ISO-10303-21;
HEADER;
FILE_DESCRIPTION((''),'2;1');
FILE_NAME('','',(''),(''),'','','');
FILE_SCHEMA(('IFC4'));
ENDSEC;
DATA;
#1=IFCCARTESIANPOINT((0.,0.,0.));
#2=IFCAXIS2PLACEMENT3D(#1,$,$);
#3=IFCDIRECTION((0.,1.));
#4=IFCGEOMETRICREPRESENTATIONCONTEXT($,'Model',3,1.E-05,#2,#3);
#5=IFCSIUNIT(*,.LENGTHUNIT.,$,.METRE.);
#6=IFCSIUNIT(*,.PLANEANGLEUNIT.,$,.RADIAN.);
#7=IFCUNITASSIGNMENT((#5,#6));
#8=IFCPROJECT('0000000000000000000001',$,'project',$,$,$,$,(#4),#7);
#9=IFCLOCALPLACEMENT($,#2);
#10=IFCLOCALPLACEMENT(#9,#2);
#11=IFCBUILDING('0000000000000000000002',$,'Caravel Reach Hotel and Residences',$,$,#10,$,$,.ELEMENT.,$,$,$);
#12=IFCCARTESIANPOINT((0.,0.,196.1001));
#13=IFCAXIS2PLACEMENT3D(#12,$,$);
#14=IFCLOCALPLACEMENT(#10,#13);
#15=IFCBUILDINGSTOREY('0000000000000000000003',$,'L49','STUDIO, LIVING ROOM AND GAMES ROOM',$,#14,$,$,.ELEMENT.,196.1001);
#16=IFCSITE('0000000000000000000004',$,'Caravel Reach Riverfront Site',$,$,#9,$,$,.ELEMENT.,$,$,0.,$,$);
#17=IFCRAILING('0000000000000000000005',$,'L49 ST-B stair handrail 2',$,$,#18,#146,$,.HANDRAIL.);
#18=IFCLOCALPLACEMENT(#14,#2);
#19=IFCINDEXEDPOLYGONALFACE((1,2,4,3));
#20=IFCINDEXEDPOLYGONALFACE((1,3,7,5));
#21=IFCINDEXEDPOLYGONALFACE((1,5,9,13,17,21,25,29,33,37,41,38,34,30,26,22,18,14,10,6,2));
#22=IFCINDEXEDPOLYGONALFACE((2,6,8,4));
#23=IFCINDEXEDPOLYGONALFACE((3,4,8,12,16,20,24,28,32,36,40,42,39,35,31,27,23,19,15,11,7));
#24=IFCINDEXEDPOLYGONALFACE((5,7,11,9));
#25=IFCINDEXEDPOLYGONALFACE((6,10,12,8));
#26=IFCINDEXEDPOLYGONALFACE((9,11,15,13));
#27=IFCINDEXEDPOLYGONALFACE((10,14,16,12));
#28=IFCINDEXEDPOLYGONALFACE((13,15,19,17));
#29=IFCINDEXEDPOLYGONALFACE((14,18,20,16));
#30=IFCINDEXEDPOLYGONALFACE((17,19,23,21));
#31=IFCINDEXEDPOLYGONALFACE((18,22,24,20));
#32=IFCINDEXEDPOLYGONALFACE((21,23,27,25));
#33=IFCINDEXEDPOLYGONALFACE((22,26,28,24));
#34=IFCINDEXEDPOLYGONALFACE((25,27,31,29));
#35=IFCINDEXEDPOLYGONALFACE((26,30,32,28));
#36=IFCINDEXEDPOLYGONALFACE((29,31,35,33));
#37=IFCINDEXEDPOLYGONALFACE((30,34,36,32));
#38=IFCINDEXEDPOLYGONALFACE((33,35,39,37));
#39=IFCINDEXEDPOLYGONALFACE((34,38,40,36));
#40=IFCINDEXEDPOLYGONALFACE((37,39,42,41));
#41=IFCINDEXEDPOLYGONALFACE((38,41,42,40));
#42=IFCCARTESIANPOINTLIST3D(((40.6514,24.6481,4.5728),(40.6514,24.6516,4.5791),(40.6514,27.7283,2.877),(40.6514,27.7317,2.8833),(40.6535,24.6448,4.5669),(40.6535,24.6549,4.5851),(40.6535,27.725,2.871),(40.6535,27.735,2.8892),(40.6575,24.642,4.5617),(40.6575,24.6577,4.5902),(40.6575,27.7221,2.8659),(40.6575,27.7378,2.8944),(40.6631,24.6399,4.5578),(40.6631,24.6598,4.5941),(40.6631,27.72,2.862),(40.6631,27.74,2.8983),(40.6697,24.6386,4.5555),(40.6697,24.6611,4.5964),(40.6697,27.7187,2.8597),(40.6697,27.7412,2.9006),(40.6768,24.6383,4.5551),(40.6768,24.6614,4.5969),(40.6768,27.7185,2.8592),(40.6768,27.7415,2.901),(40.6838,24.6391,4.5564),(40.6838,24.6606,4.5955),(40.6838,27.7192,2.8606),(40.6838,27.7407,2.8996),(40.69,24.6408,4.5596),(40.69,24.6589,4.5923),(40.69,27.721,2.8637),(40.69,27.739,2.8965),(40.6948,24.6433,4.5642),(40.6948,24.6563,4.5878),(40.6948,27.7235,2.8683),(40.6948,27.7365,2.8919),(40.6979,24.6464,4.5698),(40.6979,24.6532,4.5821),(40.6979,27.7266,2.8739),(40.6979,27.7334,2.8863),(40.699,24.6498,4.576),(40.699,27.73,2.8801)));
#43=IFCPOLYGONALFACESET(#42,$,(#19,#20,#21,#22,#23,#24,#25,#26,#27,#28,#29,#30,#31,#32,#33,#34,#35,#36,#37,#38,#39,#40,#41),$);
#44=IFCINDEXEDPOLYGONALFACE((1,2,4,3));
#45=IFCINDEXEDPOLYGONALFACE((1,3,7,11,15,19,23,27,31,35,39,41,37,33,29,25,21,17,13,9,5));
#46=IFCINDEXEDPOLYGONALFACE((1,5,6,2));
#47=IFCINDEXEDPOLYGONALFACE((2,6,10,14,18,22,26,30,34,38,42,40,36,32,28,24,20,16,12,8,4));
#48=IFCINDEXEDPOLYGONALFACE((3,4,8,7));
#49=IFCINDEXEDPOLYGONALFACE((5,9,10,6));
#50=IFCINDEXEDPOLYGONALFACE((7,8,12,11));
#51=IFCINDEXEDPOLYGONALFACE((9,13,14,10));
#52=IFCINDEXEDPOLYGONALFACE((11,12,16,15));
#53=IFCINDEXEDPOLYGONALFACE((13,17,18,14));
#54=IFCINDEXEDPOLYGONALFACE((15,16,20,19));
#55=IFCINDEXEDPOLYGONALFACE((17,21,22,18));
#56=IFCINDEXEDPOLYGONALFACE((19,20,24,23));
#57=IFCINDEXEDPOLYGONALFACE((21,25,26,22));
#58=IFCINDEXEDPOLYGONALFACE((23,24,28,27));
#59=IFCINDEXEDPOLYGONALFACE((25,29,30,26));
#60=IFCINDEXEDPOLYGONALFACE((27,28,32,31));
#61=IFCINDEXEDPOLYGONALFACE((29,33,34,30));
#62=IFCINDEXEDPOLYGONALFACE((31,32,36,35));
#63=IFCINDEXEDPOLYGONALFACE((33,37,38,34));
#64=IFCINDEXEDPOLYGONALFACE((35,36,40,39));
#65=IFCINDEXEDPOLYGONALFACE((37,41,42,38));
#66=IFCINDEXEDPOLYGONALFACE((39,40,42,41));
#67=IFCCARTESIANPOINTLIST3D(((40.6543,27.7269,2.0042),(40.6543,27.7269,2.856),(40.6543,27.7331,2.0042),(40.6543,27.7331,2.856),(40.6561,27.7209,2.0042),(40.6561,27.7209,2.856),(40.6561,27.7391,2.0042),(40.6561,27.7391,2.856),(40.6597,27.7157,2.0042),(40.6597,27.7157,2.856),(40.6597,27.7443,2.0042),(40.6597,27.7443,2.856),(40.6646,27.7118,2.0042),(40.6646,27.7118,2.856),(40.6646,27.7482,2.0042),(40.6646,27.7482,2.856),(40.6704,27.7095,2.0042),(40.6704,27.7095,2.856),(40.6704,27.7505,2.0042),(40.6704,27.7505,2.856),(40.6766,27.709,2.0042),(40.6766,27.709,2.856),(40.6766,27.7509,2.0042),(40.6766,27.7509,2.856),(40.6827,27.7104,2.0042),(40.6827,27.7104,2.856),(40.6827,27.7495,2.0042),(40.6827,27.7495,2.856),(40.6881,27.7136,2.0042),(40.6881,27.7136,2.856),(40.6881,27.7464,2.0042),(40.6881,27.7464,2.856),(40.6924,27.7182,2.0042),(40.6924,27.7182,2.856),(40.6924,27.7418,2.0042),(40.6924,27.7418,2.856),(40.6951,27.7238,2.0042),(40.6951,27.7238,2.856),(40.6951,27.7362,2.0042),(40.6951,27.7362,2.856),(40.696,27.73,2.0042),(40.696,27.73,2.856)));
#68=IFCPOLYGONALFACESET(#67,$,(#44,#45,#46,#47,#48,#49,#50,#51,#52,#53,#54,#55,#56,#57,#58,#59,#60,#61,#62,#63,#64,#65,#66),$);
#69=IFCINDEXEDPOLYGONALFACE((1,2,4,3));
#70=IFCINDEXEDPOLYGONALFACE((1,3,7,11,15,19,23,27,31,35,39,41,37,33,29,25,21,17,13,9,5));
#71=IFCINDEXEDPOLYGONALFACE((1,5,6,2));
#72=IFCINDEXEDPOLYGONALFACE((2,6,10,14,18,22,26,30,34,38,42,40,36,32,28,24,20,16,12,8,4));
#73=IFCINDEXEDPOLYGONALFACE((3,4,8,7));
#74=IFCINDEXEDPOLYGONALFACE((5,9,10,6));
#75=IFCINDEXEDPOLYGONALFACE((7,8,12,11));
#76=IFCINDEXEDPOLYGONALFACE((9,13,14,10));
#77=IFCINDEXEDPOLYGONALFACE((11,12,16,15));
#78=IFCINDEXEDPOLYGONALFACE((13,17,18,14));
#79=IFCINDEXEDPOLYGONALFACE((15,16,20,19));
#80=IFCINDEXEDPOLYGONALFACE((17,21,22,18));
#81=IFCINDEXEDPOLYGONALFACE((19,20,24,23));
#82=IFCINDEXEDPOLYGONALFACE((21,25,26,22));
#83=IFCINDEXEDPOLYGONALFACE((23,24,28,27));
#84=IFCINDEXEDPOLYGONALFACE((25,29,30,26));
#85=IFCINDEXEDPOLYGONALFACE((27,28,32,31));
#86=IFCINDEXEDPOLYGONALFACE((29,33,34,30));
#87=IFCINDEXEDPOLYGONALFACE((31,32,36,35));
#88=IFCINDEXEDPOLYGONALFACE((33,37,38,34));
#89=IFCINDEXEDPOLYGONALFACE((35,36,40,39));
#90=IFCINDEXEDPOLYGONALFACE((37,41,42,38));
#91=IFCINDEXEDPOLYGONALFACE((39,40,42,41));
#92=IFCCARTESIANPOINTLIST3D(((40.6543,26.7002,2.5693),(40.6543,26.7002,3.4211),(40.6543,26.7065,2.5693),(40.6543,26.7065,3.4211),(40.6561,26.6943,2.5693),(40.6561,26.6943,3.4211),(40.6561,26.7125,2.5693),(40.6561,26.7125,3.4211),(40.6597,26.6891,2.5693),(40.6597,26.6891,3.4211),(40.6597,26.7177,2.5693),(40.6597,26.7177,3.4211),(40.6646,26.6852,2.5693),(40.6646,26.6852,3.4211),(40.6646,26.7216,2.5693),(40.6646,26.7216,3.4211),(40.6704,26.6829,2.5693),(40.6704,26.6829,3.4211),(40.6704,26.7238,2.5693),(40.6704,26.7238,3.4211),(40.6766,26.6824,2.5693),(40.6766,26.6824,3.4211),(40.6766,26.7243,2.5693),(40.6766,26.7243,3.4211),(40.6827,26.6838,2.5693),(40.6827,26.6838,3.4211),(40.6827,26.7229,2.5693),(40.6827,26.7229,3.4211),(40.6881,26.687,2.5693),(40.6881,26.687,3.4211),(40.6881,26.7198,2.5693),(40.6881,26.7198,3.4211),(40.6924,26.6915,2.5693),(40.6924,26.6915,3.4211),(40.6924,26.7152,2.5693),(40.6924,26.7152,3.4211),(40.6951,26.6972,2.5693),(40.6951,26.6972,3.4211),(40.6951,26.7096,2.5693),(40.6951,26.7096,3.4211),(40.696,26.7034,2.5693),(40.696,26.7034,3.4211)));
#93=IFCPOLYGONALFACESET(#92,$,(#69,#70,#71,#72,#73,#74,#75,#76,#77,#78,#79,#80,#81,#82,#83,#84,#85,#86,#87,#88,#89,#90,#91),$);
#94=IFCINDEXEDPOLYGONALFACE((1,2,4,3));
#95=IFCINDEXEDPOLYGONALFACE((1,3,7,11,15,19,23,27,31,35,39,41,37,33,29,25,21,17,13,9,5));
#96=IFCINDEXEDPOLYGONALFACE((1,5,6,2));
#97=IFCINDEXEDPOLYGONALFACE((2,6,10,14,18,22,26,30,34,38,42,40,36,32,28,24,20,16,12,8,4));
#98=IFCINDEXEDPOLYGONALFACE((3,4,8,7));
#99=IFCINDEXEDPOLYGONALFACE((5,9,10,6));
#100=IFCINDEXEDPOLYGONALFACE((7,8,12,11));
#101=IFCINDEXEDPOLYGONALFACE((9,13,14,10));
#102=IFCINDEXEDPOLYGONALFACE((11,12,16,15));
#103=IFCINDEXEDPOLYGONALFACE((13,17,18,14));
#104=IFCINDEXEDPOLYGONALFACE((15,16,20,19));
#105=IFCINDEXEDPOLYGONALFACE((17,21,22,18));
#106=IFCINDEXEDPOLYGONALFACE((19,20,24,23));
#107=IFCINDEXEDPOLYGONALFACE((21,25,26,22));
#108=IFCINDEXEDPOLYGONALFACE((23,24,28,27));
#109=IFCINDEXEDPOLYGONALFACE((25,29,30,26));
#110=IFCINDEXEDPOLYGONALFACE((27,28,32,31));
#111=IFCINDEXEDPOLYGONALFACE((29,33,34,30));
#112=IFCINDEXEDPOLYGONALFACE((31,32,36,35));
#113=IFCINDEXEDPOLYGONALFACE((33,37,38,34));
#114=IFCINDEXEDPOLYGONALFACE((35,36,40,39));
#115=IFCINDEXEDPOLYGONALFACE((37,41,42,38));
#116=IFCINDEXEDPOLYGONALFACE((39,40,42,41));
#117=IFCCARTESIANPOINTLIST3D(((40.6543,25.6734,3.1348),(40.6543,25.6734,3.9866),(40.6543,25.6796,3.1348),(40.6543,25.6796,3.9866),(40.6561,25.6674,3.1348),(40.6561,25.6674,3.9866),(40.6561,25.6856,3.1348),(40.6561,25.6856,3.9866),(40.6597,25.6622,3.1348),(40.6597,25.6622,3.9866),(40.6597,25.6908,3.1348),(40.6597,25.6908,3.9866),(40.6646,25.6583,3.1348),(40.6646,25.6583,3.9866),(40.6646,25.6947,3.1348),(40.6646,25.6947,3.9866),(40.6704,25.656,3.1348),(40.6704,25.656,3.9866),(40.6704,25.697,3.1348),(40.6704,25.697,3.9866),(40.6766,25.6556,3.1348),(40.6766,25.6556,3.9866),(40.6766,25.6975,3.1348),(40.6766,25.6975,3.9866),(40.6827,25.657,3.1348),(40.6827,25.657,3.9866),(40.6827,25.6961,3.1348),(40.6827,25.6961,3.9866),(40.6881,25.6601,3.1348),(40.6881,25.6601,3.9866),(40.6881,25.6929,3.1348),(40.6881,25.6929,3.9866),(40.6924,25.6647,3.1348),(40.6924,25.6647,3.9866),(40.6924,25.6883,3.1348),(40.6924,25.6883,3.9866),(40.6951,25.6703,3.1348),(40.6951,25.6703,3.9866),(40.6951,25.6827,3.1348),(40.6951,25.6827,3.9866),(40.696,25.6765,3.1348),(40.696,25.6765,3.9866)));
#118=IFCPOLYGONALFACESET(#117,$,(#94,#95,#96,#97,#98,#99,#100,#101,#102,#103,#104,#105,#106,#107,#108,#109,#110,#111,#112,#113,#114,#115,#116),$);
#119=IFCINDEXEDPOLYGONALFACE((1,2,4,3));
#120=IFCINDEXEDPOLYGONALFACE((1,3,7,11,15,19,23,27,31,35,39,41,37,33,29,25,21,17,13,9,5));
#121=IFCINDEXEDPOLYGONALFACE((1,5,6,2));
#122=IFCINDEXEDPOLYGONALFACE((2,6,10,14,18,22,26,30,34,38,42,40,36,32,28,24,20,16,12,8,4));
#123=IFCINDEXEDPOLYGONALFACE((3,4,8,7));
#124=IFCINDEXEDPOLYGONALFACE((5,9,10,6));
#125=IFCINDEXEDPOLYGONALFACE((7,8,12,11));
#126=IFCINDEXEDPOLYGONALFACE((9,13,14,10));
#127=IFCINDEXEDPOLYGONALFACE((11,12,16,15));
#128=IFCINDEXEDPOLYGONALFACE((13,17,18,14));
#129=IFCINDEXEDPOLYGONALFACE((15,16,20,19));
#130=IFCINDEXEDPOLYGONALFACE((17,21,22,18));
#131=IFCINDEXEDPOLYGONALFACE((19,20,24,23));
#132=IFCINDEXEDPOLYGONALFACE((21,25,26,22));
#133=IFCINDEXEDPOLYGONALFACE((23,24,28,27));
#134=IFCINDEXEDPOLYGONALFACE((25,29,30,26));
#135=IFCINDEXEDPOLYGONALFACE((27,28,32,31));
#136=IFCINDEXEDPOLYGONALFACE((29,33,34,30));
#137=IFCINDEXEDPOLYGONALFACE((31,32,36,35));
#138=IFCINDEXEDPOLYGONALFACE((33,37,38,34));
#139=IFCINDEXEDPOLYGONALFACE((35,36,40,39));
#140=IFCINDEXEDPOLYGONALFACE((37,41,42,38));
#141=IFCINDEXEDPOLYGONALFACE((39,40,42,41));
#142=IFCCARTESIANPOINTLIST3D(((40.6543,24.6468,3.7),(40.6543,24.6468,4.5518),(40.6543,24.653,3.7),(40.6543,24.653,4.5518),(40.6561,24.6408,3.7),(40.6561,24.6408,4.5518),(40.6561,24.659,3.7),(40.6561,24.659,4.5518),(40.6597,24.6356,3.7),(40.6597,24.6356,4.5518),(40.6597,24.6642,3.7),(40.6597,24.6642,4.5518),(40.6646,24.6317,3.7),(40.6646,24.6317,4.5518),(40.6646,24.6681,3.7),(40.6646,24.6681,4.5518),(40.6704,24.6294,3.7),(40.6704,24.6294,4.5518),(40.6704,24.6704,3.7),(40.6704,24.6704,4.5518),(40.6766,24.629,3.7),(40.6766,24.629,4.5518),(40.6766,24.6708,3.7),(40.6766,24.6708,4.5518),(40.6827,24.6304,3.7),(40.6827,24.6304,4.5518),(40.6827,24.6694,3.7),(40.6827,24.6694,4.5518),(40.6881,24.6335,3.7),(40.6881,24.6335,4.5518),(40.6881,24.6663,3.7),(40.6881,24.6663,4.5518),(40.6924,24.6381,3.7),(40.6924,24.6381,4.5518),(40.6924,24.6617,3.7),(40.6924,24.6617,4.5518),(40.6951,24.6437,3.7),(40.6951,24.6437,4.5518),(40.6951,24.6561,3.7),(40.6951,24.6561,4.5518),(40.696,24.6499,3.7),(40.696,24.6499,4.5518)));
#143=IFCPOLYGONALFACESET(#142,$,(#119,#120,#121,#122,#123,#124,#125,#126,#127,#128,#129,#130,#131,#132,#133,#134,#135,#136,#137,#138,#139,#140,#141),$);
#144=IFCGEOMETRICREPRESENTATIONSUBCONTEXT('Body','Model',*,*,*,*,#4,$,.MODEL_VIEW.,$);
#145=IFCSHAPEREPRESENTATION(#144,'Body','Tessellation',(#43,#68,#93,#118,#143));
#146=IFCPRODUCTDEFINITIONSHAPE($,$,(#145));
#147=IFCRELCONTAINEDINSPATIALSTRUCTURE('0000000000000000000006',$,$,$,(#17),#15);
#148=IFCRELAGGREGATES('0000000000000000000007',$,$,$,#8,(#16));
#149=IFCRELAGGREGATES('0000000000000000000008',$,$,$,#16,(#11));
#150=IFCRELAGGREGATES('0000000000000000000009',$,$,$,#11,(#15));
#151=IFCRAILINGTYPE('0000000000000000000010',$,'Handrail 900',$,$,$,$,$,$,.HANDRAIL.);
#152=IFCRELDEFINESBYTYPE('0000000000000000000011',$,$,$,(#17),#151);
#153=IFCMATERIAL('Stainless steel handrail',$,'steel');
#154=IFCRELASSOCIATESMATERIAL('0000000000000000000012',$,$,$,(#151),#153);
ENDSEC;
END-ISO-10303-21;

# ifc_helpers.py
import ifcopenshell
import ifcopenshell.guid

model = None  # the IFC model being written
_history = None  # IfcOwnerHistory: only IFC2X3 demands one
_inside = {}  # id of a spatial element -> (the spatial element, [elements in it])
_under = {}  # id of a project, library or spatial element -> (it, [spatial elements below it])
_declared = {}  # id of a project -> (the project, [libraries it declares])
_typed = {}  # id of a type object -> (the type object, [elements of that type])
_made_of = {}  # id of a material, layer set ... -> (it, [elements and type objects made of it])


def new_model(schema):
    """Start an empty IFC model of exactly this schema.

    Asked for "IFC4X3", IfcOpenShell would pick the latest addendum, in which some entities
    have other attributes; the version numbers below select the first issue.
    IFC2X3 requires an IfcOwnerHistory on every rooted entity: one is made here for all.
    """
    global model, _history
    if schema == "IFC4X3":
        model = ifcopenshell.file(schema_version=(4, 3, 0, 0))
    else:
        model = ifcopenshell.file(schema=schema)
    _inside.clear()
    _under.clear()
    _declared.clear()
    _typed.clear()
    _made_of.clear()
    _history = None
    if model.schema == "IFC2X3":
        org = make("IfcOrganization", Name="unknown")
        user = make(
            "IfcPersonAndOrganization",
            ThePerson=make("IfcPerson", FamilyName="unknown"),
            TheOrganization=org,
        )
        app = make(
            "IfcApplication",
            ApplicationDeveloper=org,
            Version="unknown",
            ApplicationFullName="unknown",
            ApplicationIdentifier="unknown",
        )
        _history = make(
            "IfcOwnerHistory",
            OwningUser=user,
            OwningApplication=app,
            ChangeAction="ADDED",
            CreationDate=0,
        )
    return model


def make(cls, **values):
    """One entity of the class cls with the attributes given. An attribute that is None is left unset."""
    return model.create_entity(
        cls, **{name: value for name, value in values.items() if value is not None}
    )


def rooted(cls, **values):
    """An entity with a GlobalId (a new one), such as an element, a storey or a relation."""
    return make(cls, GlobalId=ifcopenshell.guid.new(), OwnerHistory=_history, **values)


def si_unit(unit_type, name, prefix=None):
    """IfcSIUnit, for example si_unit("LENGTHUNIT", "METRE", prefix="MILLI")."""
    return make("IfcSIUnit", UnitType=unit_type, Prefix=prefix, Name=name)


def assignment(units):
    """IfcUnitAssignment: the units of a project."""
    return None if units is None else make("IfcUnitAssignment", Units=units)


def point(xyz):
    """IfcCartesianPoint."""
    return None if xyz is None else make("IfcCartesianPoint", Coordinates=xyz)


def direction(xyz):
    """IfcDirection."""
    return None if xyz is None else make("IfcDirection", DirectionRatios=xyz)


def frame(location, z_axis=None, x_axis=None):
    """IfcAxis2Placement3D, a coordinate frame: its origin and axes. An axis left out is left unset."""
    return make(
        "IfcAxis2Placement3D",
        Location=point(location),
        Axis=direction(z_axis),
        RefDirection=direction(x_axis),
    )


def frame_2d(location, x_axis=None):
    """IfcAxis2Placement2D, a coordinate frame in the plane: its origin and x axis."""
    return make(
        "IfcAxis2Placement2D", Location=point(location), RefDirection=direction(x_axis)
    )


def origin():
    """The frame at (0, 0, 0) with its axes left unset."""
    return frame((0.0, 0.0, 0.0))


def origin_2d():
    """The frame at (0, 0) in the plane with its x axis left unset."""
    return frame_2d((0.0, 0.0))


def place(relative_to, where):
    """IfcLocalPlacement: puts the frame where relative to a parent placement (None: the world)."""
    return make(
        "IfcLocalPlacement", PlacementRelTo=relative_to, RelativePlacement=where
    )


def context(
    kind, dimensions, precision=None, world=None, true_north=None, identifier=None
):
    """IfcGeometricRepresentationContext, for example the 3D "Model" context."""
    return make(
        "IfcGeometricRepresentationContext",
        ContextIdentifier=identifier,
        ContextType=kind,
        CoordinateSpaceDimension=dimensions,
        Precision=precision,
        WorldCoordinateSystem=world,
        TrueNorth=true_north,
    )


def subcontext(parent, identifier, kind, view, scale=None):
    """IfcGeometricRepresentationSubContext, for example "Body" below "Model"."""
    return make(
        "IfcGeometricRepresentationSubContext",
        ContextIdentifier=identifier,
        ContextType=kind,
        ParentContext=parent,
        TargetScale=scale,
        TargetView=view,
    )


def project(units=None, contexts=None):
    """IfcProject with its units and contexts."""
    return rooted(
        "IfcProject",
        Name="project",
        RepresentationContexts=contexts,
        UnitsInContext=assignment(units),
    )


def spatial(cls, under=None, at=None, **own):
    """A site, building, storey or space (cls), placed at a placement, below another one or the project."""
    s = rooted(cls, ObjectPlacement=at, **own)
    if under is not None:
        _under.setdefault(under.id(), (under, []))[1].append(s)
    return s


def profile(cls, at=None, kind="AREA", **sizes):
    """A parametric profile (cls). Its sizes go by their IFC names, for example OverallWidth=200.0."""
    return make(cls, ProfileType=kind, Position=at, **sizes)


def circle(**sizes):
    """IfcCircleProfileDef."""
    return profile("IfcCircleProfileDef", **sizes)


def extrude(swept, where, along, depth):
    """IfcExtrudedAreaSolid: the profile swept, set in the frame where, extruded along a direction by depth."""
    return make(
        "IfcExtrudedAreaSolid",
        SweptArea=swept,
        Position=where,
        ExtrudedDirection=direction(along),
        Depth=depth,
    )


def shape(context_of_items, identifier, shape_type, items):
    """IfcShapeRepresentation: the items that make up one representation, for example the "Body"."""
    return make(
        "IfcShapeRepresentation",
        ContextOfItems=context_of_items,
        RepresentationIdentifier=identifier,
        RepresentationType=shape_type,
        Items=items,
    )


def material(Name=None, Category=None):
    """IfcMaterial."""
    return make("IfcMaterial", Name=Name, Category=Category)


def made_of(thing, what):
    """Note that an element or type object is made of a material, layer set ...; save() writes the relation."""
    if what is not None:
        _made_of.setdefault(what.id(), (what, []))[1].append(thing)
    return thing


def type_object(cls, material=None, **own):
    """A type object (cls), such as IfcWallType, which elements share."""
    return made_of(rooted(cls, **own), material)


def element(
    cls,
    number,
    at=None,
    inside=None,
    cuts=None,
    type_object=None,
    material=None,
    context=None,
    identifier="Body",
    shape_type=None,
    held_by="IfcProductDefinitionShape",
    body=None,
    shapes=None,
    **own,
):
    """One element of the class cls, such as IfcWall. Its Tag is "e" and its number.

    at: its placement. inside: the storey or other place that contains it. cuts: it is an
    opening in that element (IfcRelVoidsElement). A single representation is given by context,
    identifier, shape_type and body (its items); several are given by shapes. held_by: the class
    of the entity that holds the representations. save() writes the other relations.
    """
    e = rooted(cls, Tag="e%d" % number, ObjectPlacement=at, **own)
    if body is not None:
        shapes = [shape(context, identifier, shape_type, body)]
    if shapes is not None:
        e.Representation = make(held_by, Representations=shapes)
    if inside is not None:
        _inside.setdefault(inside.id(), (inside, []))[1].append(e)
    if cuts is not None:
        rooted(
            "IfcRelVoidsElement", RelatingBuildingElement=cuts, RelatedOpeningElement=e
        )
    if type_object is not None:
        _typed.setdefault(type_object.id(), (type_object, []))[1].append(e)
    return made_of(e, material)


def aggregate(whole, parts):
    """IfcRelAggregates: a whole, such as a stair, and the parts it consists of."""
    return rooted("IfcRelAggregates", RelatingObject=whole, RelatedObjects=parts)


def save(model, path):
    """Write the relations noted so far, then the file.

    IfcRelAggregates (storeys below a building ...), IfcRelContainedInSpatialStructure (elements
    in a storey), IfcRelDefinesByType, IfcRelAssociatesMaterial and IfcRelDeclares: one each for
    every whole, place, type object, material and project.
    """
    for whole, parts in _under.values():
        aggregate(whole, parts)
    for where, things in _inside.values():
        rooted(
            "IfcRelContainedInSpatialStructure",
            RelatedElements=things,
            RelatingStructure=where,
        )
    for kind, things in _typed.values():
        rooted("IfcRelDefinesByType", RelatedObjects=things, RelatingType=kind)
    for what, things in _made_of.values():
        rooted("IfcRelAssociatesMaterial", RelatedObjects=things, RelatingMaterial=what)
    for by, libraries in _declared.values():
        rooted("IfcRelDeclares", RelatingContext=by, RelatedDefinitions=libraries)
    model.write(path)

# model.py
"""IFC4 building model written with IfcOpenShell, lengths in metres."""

from ifc_helpers import new_model, si_unit, direction, frame, origin, origin_2d, place, context, subcontext, project, spatial, circle, extrude, material, type_object, element, save


model = new_model("IFC4")

# Units and contexts
model_context = context("Model", 3, precision=1e-05, world=origin(), true_north=direction((0.0, 1.0)))
body_context = subcontext(model_context, "Body", "Model", "MODEL_VIEW")
ifc_project = project(units=[si_unit("LENGTHUNIT", "METRE"), si_unit("PLANEANGLEUNIT", "RADIAN")], contexts=[model_context])

# Site, building, storey
site_placement = place(None, origin())
site = spatial("IfcSite", under=ifc_project, at=site_placement, Name="Caravel Reach Riverfront Site", CompositionType="ELEMENT", RefElevation=0.0)
building_placement = place(site_placement, origin())
building = spatial("IfcBuilding", under=site, at=building_placement, Name="Caravel Reach Hotel and Residences", CompositionType="ELEMENT")
storey_placement = place(building_placement, frame((0.0, 0.0, 196.1001)))
storey = spatial("IfcBuildingStorey", under=building, at=storey_placement, Name="L49", Description="STUDIO, LIVING ROOM AND GAMES ROOM", CompositionType="ELEMENT", Elevation=196.1001)

# Railing
ifc_material_1 = material(Name="Stainless steel handrail", Category="steel")
railing_type_1 = type_object("IfcRailingType", Name="Handrail 900", PredefinedType="HANDRAIL", material=ifc_material_1)
railing_1_placement = place(storey_placement, frame((40.675, 27.73, 2.0042)))
element("IfcRailing", 1, at=railing_1_placement, inside=storey, type_object=railing_type_1, Name="L49 ST-B stair handrail 2", PredefinedType="HANDRAIL", context=body_context, shape_type="SweptSolid", body=[
    extrude(circle(Radius=0.0239, at=origin_2d()), frame((0.0, 0.0, 0.876), z_axis=(0.0, -0.876005, 0.482303), x_axis=(1.0, 0.0, 0.0)), (0.0, 0.0, 1.0), 3.5161),
    extrude(circle(Radius=0.021, at=origin_2d()), origin(), (0.0, 0.0, 1.0), 0.8518),
    extrude(circle(Radius=0.021, at=origin_2d()), frame((0.0, -1.0266, 0.5652)), (0.0, 0.0, 1.0), 0.8518),
    extrude(circle(Radius=0.021, at=origin_2d()), frame((0.0, -2.0535, 1.1306)), (0.0, 0.0, 1.0), 0.8518),
    extrude(circle(Radius=0.021, at=origin_2d()), frame((0.0, -3.0801, 1.6958)), (0.0, 0.0, 1.0), 0.8518),
])

save(model, "model.ifc")
